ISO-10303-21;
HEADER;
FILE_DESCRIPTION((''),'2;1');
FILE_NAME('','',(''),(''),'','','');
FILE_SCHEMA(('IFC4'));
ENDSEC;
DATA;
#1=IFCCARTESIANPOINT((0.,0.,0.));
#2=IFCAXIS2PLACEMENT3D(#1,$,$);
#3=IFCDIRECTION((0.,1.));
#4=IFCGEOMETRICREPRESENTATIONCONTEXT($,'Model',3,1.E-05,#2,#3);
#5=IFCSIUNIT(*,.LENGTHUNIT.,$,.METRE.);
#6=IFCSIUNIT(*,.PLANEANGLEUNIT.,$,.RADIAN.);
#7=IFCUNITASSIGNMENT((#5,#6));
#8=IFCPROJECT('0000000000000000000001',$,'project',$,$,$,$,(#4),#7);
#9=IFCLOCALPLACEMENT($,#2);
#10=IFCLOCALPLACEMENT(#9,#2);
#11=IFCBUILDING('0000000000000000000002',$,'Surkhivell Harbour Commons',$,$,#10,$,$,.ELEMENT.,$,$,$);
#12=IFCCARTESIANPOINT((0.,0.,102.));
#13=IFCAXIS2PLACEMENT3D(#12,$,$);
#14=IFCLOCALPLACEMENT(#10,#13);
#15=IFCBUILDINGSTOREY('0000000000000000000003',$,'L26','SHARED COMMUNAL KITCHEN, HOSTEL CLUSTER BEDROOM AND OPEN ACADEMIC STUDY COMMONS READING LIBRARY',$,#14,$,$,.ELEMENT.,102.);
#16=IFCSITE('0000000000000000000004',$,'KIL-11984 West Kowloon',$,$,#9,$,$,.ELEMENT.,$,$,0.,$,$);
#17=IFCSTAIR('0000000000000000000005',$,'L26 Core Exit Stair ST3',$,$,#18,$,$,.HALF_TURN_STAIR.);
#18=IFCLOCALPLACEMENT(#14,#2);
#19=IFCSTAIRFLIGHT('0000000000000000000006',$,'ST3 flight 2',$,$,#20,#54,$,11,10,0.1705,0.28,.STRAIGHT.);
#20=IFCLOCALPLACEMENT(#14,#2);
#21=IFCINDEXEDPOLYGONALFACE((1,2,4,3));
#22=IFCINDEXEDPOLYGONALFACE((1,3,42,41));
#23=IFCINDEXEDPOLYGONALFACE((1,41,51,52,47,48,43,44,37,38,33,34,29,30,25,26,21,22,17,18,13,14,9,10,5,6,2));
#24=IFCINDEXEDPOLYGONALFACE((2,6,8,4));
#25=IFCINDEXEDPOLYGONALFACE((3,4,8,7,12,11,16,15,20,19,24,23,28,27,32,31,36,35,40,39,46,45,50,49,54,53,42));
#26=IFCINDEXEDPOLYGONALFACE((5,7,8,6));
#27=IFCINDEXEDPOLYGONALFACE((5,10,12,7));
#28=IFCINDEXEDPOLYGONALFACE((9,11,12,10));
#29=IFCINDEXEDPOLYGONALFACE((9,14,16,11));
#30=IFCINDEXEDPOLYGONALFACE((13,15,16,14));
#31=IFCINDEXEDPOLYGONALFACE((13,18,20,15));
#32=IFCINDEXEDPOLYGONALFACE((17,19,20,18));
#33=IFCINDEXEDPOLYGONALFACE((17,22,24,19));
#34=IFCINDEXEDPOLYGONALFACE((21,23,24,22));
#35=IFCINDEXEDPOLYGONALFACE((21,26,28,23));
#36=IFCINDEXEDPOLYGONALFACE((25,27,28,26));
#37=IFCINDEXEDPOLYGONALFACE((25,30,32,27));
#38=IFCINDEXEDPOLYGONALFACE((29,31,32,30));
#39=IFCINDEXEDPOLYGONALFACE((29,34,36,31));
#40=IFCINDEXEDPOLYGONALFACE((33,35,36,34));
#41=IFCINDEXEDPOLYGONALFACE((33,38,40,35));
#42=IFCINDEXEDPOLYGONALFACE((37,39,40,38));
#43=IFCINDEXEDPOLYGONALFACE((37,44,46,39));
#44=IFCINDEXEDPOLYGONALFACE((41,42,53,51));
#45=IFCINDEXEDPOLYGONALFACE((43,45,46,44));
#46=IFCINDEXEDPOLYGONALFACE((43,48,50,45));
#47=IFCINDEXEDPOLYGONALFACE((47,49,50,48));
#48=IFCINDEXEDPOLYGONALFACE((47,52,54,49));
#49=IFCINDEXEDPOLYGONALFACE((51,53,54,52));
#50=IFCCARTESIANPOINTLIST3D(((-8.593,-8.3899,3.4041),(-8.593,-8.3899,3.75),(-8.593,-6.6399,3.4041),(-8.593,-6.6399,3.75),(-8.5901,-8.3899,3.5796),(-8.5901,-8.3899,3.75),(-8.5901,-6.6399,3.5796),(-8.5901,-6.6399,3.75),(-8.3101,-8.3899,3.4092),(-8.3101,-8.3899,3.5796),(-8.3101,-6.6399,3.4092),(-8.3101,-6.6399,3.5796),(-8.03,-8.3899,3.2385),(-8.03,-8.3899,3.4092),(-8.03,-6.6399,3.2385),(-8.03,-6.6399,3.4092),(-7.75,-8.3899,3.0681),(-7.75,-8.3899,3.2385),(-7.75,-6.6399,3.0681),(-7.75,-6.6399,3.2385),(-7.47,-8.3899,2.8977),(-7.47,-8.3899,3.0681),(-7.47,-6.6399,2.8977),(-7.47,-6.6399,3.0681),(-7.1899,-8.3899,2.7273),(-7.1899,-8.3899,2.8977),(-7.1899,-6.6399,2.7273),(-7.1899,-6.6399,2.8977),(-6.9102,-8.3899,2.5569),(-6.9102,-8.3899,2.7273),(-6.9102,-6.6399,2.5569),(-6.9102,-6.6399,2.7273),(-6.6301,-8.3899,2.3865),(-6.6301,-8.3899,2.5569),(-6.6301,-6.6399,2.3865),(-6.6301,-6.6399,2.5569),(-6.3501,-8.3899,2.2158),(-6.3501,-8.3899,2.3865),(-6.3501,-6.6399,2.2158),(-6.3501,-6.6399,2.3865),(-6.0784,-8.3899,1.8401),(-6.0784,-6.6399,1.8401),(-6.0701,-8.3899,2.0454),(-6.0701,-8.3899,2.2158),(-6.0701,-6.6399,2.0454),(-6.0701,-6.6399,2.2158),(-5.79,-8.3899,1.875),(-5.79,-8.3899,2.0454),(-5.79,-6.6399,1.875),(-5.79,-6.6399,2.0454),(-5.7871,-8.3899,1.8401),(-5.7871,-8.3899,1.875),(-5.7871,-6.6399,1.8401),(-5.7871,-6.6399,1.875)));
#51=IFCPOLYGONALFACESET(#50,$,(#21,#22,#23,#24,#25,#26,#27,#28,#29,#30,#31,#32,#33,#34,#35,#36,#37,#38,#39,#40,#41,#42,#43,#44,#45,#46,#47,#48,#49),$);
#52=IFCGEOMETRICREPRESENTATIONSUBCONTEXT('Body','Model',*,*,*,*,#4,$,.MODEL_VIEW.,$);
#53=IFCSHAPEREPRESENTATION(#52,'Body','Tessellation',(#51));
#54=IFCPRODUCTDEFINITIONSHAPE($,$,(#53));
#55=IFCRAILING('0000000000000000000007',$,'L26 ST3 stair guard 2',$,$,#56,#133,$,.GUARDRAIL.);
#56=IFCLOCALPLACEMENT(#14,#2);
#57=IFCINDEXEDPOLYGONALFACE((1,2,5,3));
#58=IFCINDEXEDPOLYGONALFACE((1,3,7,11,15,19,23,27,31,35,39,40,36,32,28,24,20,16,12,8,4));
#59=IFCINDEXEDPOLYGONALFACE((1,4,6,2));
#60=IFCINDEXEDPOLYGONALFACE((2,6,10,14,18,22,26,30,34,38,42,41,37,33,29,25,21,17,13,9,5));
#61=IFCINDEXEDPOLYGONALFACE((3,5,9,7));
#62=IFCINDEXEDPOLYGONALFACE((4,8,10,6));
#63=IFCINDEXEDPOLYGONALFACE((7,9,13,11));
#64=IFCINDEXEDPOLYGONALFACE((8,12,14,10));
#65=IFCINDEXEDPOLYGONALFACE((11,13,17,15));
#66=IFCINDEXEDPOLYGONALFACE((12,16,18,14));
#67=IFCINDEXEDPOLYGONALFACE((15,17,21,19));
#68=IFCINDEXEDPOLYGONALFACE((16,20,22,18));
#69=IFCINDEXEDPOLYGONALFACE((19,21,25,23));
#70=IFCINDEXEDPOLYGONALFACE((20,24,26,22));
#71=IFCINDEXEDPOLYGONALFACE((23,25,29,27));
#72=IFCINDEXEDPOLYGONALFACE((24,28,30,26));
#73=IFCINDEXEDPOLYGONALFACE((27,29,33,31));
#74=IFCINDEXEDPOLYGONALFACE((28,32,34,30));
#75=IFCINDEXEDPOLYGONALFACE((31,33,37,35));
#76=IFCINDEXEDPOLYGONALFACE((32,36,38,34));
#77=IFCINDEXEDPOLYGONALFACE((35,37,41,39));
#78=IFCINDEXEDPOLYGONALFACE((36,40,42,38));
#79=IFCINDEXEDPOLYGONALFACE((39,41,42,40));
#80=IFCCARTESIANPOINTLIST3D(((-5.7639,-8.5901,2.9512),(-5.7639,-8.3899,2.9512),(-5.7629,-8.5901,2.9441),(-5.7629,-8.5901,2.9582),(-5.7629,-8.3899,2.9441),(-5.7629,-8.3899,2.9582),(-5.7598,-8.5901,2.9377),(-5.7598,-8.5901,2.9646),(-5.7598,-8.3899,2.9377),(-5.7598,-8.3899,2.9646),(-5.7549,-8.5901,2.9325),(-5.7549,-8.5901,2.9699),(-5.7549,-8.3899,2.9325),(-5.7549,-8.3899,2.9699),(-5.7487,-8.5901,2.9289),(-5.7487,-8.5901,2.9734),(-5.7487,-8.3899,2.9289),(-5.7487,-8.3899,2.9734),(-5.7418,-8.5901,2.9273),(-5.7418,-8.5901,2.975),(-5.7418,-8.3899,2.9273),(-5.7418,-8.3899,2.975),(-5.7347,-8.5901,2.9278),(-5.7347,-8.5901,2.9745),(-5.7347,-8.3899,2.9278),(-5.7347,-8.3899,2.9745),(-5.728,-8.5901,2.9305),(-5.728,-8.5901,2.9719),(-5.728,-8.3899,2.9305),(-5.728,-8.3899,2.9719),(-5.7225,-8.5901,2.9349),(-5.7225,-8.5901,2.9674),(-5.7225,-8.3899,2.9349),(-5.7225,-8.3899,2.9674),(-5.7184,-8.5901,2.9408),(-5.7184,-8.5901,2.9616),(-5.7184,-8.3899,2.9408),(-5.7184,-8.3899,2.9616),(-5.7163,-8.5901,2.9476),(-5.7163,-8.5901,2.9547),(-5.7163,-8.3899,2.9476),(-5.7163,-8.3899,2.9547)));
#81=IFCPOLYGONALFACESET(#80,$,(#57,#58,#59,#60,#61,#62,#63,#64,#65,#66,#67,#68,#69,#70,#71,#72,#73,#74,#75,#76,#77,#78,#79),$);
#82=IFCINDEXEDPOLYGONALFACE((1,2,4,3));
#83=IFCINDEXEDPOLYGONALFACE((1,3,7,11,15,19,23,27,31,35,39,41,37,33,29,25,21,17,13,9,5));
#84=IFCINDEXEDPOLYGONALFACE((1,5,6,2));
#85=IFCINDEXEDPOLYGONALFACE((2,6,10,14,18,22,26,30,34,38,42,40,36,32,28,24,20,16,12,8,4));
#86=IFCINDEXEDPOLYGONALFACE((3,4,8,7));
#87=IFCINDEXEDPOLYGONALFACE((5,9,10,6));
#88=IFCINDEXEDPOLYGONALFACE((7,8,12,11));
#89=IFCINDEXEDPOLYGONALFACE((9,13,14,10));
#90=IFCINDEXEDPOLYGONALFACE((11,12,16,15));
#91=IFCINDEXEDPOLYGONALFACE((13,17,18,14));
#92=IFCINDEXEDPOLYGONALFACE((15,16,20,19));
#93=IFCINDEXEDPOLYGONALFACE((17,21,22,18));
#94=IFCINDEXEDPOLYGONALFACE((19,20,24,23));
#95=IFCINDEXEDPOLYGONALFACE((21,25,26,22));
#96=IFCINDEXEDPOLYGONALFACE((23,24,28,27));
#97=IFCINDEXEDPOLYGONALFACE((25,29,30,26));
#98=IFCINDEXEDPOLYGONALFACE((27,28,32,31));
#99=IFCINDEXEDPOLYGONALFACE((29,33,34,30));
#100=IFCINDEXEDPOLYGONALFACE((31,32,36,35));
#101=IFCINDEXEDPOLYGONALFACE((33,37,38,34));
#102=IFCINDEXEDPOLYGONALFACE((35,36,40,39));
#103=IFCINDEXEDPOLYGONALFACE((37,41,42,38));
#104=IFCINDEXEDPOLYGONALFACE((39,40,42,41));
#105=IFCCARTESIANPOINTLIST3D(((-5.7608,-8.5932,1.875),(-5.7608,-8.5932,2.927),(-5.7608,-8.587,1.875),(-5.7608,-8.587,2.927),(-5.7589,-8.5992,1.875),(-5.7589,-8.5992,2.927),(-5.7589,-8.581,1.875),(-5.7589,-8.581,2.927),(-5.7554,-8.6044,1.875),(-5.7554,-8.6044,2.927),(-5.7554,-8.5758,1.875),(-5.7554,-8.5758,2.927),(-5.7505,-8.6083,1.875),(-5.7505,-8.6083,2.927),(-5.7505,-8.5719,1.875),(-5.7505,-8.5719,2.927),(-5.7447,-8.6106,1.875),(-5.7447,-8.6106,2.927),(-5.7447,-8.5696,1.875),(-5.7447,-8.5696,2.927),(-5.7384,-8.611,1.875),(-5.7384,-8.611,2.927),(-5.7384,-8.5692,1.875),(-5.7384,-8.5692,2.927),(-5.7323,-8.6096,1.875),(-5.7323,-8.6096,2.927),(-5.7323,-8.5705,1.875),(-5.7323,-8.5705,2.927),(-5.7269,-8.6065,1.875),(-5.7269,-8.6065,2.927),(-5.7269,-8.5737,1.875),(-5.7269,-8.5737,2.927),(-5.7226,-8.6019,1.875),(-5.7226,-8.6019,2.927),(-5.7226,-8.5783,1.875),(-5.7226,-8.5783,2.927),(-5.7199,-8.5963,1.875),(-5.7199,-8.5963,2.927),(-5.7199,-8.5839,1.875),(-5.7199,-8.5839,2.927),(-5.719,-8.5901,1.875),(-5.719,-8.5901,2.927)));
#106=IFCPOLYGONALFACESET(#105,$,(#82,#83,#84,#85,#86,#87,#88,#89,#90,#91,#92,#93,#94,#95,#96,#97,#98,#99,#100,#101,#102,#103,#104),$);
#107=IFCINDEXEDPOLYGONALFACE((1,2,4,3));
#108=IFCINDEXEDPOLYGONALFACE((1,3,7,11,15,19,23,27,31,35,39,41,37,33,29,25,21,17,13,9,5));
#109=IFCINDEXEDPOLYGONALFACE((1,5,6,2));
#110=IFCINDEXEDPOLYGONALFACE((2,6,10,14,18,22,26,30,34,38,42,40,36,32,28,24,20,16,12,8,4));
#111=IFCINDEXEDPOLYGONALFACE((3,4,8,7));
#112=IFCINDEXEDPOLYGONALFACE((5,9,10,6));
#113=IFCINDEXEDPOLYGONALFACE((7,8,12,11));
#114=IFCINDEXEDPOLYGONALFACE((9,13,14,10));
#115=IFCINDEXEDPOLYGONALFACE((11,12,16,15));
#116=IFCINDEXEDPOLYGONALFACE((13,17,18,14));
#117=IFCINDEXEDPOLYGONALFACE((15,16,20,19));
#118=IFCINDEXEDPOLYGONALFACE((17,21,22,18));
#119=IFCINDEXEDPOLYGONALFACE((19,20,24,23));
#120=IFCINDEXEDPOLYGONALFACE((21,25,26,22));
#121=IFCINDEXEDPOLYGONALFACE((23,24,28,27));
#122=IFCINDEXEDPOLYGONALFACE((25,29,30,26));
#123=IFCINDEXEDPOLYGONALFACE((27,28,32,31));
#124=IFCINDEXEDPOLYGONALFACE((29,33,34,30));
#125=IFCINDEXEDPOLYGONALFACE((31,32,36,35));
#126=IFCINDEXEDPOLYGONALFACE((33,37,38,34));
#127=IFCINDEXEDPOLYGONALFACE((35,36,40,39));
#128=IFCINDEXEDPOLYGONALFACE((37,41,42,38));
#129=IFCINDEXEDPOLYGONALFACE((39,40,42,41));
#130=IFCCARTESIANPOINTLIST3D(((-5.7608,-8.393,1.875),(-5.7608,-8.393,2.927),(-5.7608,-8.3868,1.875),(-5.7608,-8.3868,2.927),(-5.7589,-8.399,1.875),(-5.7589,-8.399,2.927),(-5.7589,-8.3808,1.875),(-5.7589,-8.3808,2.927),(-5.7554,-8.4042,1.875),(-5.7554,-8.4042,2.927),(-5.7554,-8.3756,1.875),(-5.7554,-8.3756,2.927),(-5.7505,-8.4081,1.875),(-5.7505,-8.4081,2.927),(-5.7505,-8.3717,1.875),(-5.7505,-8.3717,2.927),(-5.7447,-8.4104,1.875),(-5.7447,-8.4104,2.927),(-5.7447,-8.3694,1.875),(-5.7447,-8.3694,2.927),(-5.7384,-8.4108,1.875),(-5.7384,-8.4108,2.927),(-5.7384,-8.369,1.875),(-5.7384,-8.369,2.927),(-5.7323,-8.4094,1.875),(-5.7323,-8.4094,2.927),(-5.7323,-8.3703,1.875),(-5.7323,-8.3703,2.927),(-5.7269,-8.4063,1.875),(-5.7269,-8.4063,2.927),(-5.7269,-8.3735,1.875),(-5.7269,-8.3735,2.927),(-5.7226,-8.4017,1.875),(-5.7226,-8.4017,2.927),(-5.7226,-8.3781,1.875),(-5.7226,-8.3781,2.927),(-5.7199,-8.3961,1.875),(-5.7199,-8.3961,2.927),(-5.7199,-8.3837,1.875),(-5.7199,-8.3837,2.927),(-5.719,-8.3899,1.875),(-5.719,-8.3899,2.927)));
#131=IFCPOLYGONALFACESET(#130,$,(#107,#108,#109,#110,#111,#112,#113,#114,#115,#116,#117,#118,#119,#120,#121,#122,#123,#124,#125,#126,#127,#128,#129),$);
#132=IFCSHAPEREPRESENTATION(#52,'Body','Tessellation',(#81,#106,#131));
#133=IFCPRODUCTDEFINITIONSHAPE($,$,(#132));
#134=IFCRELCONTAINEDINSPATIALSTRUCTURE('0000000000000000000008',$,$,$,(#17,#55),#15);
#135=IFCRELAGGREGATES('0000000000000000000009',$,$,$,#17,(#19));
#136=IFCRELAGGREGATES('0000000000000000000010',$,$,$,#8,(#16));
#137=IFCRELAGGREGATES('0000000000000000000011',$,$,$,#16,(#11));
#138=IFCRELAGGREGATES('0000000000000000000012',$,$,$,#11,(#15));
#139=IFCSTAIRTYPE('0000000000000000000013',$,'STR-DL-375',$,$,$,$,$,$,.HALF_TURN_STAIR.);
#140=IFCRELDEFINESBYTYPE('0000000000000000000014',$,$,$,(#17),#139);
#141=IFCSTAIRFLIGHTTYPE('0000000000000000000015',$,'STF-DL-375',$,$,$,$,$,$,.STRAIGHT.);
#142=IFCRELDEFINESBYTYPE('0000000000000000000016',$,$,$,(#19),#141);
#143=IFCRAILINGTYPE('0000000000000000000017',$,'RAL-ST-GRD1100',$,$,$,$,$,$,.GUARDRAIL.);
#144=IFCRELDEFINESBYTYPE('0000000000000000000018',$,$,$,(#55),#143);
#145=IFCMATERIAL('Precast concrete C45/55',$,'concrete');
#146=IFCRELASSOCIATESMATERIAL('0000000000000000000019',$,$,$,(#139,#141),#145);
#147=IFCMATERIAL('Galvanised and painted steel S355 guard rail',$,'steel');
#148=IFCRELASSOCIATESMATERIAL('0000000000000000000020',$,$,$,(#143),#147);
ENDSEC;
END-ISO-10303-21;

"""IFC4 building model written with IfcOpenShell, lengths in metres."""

from ifc_helpers import new_model, si_unit, direction, frame, origin, origin_2d, place, context, subcontext, project, spatial, polyline, circle, outline, extrude, material, type_object, element, aggregate, save


model = new_model("IFC4")

# Units and contexts
model_context = context("Model", 3, precision=1e-05, world=origin(), true_north=direction((0.0, 1.0)))
body_context = subcontext(model_context, "Body", "Model", "MODEL_VIEW")
ifc_project = project(units=[si_unit("LENGTHUNIT", "METRE"), si_unit("PLANEANGLEUNIT", "RADIAN")], contexts=[model_context])

# Site, building, storey
site_placement = place(None, origin())
site = spatial("IfcSite", under=ifc_project, at=site_placement, Name="KIL-11984 West Kowloon", CompositionType="ELEMENT", RefElevation=0.0)
building_placement = place(site_placement, origin())
building = spatial("IfcBuilding", under=site, at=building_placement, Name="Surkhivell Harbour Commons", CompositionType="ELEMENT")
storey_placement = place(building_placement, frame((0.0, 0.0, 102.0)))
storey = spatial("IfcBuildingStorey", under=building, at=storey_placement, Name="L26", Description="SHARED COMMUNAL KITCHEN, HOSTEL CLUSTER BEDROOM AND OPEN ACADEMIC STUDY COMMONS READING LIBRARY", CompositionType="ELEMENT", Elevation=102.0)

# Stair, stair flight
ifc_material_1 = material(Name="Precast concrete C45/55", Category="concrete")
stair_type = type_object("IfcStairType", Name="STR-DL-375", PredefinedType="HALF_TURN_STAIR", material=ifc_material_1)
stair_placement = place(storey_placement, origin())
stair = element("IfcStair", 1, at=stair_placement, inside=storey, type_object=stair_type, Name="L26 Core Exit Stair ST3", PredefinedType="HALF_TURN_STAIR")
stair_flight_type = type_object("IfcStairFlightType", Name="STF-DL-375", PredefinedType="STRAIGHT", material=ifc_material_1)
stair_flight_placement = place(storey_placement, frame((-5.79, -7.5149, 1.875), z_axis=(0.0, 0.0, 1.0), x_axis=(-1.0, 0.0, 0.0)))
stair_flight = element("IfcStairFlight", 2, at=stair_flight_placement, type_object=stair_flight_type, Name="ST3 flight 2", NumberOfRisers=11, NumberOfTreads=10, PredefinedType="STRAIGHT", RiserHeight=0.1705, TreadLength=0.28, context=body_context, shape_type="SweptSolid", body=[
    extrude(outline(polyline([(-0.0029, -0.0349), (-0.0029, 0.0), (0.0, 0.0), (0.0, 0.1704), (0.28, 0.1704), (0.28, 0.3408), (0.5601, 0.3408), (0.5601, 0.5115), (0.8401, 0.5115), (0.8401, 0.6819), (1.1201, 0.6819), (1.1201, 0.8523), (1.3999, 0.8523), (1.3999, 1.0227), (1.6799, 1.0227), (1.6799, 1.1931), (1.96, 1.1931), (1.96, 1.3635), (2.24, 1.3635), (2.24, 1.5342), (2.52, 1.5342), (2.52, 1.7046), (2.8, 1.7046), (2.8, 1.875), (2.803, 1.875), (2.803, 1.5291), (0.2883, -0.0349), (-0.0029, -0.0349)])), frame((0.0, 0.875, 0.0), z_axis=(0.0, -1.0, 0.0), x_axis=(1.0, 0.0, 0.0)), (0.0, 0.0, 1.0), 1.75),
])
aggregate(stair, [stair_flight])

# Railing
ifc_material_2 = material(Name="Galvanised and painted steel S355 guard rail", Category="steel")
railing_type_1 = type_object("IfcRailingType", Name="RAL-ST-GRD1100", PredefinedType="GUARDRAIL", material=ifc_material_2)
railing_1_placement = place(storey_placement, frame((-5.74, -8.5901, 1.875)))
element("IfcRailing", 3, at=railing_1_placement, inside=storey, type_object=railing_type_1, Name="L26 ST3 stair guard 2", PredefinedType="GUARDRAIL", context=body_context, shape_type="SweptSolid", body=[
    extrude(circle(Radius=0.0239, at=origin_2d()), frame((0.0, 0.0, 1.0762), z_axis=(0.0, 1.0, 0.0), x_axis=(-1.0, 0.0, 0.0)), (0.0, 0.0, 1.0), 0.2002),
    extrude(circle(Radius=0.021, at=origin_2d()), origin(), (0.0, 0.0, 1.0), 1.052),
    extrude(circle(Radius=0.021, at=origin_2d()), frame((0.0, 0.2002, 0.0)), (0.0, 0.0, 1.0), 1.052),
])

save(model, "model.ifc")
